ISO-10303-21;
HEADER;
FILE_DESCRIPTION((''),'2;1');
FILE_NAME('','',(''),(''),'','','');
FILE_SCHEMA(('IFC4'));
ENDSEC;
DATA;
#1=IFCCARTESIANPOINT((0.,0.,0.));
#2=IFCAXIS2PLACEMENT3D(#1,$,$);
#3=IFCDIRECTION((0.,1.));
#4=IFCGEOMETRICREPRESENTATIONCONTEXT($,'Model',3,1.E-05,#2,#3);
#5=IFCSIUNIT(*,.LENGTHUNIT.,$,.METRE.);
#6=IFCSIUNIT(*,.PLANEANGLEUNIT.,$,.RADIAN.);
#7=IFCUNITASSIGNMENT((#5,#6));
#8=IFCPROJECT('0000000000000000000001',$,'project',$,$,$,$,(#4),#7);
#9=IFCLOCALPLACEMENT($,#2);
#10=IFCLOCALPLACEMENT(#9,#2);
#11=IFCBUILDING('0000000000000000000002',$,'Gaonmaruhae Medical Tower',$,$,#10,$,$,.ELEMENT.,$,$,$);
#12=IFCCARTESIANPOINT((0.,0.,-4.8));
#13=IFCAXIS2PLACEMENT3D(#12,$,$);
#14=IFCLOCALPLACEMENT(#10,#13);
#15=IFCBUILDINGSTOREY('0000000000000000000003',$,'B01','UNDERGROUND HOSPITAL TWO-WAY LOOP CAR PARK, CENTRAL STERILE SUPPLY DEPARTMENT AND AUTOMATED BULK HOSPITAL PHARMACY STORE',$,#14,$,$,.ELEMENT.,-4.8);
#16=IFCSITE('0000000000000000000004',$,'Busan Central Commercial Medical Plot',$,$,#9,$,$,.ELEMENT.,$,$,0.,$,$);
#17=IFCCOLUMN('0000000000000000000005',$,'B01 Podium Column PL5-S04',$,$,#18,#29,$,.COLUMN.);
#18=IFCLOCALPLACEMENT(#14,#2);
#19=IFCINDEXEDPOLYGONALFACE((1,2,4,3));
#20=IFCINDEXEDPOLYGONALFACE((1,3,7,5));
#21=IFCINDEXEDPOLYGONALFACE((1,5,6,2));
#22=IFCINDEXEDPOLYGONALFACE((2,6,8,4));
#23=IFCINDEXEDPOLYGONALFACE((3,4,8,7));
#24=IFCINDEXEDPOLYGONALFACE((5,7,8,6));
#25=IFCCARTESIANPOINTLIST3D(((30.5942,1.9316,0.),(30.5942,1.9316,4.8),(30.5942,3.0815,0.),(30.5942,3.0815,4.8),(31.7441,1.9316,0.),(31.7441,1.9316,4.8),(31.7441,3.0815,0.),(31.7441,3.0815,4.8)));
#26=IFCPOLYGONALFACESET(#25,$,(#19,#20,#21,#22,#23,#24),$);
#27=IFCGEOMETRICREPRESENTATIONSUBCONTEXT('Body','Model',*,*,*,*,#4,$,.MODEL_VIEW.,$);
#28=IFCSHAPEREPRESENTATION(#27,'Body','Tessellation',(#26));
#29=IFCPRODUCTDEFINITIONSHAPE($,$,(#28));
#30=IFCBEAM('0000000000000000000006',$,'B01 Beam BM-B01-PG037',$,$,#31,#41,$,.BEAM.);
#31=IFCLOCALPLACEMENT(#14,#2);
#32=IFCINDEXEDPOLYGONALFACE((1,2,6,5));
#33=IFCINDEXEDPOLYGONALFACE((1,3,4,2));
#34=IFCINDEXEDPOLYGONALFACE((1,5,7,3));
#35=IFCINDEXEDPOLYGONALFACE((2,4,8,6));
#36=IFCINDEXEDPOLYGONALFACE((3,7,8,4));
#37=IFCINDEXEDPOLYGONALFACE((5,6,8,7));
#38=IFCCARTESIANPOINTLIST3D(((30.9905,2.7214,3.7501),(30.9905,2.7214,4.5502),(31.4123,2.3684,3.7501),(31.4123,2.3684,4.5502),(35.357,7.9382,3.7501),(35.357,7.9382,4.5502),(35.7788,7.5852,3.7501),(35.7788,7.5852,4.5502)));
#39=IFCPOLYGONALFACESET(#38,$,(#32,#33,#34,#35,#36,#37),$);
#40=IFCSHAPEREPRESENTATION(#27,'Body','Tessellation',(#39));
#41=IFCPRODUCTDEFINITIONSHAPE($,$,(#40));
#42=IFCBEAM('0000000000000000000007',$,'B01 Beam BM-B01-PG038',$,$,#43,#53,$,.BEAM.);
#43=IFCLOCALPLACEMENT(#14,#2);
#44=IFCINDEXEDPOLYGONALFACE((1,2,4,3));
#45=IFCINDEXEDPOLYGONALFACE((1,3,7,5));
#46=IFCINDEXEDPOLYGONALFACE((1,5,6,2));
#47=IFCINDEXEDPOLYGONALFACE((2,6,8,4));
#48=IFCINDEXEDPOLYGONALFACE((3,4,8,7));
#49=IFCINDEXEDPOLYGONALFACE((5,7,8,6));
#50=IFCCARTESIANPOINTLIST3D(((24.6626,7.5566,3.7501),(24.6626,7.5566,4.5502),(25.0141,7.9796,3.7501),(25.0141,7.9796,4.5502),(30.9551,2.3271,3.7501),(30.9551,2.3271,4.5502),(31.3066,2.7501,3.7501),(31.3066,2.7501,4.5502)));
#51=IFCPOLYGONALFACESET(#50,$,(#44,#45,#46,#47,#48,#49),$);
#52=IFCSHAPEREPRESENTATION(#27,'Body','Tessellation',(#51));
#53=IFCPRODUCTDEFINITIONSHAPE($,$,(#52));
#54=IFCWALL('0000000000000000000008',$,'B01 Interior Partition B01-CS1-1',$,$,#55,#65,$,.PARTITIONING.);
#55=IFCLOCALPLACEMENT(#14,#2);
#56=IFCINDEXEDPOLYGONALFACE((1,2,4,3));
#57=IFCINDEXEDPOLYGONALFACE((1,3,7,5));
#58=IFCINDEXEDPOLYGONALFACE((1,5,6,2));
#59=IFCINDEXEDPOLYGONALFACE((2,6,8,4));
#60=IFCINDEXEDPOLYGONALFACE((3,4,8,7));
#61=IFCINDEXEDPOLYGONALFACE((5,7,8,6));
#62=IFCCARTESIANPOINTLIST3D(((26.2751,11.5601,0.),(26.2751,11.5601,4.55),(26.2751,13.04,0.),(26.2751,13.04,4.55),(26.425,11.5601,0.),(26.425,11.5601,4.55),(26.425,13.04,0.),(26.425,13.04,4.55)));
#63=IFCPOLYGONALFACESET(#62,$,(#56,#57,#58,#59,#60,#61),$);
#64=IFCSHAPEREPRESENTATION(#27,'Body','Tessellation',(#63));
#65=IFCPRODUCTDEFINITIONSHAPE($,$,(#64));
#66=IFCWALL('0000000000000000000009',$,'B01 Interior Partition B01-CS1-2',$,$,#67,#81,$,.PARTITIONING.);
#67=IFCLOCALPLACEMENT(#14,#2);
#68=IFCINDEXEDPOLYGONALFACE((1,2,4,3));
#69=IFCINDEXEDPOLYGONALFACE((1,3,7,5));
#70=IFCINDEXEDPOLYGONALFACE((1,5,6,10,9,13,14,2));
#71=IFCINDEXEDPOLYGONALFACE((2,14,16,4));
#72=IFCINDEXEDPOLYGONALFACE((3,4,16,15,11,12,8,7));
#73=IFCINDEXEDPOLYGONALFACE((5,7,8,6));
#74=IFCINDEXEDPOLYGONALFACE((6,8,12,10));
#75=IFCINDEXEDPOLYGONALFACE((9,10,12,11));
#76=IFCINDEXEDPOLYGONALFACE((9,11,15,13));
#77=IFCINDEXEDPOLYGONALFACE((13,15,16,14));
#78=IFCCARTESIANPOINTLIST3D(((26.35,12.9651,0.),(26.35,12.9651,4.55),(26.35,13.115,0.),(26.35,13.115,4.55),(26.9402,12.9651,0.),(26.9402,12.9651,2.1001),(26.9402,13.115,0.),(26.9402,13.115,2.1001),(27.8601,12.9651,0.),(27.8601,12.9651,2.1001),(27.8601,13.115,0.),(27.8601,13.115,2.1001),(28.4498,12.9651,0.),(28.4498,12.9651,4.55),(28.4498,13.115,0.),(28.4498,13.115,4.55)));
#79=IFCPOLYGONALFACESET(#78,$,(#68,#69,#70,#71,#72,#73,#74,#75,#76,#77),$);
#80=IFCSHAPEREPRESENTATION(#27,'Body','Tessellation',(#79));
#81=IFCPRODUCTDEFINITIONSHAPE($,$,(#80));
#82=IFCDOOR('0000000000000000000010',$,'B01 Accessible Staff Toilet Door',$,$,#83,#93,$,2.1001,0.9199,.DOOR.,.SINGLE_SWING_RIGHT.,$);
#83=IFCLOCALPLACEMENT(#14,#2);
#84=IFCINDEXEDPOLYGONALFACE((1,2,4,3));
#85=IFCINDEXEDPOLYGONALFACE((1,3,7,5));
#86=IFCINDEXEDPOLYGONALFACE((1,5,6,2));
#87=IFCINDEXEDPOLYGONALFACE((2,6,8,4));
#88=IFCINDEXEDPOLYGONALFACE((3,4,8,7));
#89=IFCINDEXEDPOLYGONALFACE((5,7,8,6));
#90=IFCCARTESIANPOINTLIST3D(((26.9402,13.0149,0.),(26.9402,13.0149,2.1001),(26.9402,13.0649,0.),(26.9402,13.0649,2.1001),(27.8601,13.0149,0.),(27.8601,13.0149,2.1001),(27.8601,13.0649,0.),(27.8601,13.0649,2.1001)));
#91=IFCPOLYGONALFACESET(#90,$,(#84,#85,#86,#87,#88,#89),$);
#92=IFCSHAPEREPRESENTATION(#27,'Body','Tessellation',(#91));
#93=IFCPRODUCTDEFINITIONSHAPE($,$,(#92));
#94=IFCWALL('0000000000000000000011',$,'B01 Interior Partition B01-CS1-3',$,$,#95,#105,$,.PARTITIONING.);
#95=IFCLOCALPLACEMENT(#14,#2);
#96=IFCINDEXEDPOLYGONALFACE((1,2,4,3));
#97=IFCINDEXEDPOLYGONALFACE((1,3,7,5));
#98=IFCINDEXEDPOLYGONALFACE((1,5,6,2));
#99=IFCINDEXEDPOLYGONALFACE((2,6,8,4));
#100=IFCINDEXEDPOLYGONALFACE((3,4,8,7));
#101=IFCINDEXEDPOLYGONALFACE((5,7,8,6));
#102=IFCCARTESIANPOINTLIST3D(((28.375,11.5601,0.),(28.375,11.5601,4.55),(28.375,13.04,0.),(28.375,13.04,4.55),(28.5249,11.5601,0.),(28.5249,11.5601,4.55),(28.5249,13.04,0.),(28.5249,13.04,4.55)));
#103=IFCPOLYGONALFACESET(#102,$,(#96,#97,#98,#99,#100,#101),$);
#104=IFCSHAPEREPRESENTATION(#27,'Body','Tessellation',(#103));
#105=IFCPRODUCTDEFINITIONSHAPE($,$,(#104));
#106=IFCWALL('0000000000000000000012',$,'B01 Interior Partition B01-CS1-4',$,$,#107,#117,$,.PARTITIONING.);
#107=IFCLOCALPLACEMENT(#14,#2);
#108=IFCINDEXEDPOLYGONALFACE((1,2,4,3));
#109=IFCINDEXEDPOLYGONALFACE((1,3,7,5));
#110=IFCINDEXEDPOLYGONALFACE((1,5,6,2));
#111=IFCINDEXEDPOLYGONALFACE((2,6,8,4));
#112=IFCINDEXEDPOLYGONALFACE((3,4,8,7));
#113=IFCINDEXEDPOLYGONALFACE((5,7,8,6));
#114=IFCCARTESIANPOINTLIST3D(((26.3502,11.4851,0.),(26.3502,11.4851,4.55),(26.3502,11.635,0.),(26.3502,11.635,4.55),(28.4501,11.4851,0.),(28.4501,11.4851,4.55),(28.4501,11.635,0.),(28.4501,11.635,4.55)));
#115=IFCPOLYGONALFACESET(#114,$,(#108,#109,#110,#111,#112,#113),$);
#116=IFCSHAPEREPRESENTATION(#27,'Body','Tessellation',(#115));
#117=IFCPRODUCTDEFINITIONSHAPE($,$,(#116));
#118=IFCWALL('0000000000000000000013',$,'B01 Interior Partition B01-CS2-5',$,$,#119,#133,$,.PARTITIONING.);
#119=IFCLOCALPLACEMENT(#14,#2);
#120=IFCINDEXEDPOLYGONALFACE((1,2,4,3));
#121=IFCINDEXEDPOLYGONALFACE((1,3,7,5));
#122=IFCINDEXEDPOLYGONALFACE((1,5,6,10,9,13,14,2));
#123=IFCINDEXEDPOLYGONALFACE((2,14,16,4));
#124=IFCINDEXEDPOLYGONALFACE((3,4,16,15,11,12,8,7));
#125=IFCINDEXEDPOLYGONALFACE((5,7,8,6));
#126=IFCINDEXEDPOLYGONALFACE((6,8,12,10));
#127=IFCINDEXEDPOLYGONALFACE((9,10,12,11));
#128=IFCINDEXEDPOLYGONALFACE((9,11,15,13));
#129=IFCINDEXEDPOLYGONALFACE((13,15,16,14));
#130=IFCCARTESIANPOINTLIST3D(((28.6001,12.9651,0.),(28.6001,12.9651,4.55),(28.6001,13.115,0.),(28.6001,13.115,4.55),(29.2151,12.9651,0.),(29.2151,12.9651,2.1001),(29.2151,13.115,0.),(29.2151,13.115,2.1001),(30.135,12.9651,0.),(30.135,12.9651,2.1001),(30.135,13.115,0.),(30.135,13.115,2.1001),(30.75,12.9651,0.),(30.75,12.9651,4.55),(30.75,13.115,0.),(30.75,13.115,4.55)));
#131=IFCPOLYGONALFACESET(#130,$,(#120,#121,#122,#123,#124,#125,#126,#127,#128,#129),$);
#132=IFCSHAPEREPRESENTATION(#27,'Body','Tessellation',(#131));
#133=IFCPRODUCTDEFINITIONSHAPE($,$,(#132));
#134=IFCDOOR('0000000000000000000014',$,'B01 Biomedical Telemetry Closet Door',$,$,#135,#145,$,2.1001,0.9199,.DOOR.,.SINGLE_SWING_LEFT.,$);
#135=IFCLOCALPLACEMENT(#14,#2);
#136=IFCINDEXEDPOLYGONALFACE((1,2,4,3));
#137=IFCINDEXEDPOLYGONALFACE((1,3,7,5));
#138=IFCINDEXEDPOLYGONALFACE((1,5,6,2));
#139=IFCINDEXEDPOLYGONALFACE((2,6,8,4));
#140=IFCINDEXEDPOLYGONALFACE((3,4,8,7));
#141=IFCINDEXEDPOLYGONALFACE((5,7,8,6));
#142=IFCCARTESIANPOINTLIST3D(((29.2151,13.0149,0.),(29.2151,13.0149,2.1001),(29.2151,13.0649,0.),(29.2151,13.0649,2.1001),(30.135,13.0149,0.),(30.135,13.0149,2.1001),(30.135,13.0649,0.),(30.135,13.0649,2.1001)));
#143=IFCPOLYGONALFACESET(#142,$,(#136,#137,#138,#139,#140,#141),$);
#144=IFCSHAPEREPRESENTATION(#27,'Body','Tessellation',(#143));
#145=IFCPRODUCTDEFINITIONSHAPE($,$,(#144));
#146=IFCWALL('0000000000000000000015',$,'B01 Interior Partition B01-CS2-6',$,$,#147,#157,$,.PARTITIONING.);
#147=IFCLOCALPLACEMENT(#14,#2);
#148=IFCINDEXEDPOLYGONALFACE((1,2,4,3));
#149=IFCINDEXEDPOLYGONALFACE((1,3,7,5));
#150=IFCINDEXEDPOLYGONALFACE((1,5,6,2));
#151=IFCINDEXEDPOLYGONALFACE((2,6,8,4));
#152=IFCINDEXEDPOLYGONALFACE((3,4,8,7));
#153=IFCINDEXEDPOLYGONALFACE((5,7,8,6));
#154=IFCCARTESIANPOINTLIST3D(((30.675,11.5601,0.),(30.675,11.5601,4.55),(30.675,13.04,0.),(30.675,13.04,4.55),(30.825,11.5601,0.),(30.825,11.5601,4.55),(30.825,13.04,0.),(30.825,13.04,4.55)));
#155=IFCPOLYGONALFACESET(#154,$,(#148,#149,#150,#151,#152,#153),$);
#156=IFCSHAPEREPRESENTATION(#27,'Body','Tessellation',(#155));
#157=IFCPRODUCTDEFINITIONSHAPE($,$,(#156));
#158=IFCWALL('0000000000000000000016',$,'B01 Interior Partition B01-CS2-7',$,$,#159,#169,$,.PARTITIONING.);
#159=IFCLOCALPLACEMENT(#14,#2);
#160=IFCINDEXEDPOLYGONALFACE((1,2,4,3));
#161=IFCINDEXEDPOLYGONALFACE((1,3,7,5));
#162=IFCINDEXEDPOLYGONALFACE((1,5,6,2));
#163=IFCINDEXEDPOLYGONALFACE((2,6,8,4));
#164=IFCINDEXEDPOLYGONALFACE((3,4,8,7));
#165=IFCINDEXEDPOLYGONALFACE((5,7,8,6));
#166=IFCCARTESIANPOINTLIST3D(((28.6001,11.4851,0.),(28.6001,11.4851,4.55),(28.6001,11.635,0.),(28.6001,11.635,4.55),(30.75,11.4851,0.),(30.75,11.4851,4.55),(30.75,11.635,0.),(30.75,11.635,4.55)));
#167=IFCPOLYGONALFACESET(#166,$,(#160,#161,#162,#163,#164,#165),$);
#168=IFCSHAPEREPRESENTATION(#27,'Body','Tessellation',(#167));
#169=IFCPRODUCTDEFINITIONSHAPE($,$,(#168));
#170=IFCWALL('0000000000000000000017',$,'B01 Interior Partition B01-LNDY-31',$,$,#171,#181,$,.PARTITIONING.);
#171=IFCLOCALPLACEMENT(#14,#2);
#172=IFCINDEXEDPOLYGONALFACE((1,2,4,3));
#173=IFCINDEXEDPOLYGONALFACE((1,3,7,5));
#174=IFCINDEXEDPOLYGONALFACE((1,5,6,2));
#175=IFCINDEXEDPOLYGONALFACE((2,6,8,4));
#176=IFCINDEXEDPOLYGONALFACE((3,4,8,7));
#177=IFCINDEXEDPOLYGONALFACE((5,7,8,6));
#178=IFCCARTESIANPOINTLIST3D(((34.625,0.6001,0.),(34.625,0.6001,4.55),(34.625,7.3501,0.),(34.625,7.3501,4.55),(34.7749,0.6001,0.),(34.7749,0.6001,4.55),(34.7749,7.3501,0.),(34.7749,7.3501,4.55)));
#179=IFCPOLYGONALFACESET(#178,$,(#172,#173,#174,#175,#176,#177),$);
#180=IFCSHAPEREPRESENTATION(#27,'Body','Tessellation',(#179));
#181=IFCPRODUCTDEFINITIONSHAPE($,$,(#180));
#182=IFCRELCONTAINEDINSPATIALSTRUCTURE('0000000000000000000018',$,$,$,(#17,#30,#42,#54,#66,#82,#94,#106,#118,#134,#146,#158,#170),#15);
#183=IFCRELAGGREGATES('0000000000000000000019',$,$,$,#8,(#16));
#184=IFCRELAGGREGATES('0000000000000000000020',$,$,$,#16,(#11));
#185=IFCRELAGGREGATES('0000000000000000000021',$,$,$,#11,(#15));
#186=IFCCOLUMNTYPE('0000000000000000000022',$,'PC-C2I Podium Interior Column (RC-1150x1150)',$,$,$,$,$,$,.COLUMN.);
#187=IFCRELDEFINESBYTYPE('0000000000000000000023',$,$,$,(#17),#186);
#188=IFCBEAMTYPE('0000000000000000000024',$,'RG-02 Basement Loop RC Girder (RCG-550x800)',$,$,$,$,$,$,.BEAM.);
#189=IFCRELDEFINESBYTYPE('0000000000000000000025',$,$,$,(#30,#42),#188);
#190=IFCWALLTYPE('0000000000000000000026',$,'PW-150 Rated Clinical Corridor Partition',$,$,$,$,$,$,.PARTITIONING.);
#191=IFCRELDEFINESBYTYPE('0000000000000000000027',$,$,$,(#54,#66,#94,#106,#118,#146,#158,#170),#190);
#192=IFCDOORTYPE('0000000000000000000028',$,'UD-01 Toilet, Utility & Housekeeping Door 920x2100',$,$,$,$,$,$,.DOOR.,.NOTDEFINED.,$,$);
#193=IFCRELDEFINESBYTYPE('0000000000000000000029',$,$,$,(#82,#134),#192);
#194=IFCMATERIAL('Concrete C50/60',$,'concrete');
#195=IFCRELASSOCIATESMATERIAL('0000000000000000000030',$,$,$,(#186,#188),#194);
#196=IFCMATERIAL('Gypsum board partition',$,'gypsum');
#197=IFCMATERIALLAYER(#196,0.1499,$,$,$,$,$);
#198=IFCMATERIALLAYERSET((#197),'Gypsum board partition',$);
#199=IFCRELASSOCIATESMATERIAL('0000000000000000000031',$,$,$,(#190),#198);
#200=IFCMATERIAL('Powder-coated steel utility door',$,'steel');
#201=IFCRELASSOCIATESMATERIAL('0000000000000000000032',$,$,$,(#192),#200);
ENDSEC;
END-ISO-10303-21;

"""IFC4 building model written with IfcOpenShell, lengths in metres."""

from ifc_helpers import new_model, si_unit, direction, frame, frame_2d, origin, origin_2d, place, context, subcontext, project, spatial, rectangle, extrude, material, layer, layer_set, material_profile, profile_set, type_object, element, fill, save


model = new_model("IFC4")

# Units and contexts
model_context = context("Model", 3, precision=1e-05, world=origin(), true_north=direction((0.0, 1.0)))
body_context = subcontext(model_context, "Body", "Model", "MODEL_VIEW")
ifc_project = project(units=[si_unit("LENGTHUNIT", "METRE"), si_unit("PLANEANGLEUNIT", "RADIAN")], contexts=[model_context])

# Site, building, storey
site_placement = place(None, origin())
site = spatial("IfcSite", under=ifc_project, at=site_placement, Name="Busan Central Commercial Medical Plot", CompositionType="ELEMENT", RefElevation=0.0)
building_placement = place(site_placement, origin())
building = spatial("IfcBuilding", under=site, at=building_placement, Name="Gaonmaruhae Medical Tower", CompositionType="ELEMENT")
storey_placement = place(building_placement, frame((0.0, 0.0, -4.8)))
storey = spatial("IfcBuildingStorey", under=building, at=storey_placement, Name="B01", Description="UNDERGROUND HOSPITAL TWO-WAY LOOP CAR PARK, CENTRAL STERILE SUPPLY DEPARTMENT AND AUTOMATED BULK HOSPITAL PHARMACY STORE", CompositionType="ELEMENT", Elevation=-4.8)

# Column
ifc_material_1 = material(Name="Concrete C50/60", Category="concrete")
ifc_material_profile_1 = material_profile(ifc_material_1, rectangle(XDim=1.1499, YDim=1.1499, at=origin_2d()), Name="RC-1150x1150")
ifc_profile_set_1 = profile_set([ifc_material_profile_1], Name="Concrete C50/60")
column_type = type_object("IfcColumnType", Name="PC-C2I Podium Interior Column (RC-1150x1150)", PredefinedType="COLUMN", material=ifc_profile_set_1)
column_placement = place(storey_placement, frame((31.1692, 2.5066, 0.0), z_axis=(0.0, 0.0, 1.0), x_axis=(1.0, 0.0, 0.0)))
element("IfcColumn", 1, at=column_placement, inside=storey, type_object=column_type, Name="B01 Podium Column PL5-S04", PredefinedType="COLUMN", context=body_context, shape_type="SweptSolid", body=[
    extrude(rectangle(XDim=1.1499, YDim=1.1499, at=origin_2d()), origin(), (0.0, 0.0, 1.0), 4.8),
])

# Beams
ifc_material_profile_2 = material_profile(ifc_material_1, rectangle(XDim=0.55, YDim=0.8, at=origin_2d()), Name="RCG-550x800")
ifc_profile_set_2 = profile_set([ifc_material_profile_2], Name="Concrete C50/60")
beam_type = type_object("IfcBeamType", Name="RG-02 Basement Loop RC Girder (RCG-550x800)", PredefinedType="BEAM", material=ifc_profile_set_2)
beam_1_placement = place(storey_placement, frame((31.2014, 2.5449, 4.1501), z_axis=(0.641842, 0.766837, 0.0), x_axis=(-0.766837, 0.641842, 0.0)))
element("IfcBeam", 2, at=beam_1_placement, inside=storey, type_object=beam_type, Name="B01 Beam BM-B01-PG037", PredefinedType="BEAM", context=body_context, shape_type="SweptSolid", body=[
    extrude(rectangle(XDim=0.55, YDim=0.8, at=origin_2d()), origin(), (0.0, 0.0, 1.0), 6.803),
])
beam_2_placement = place(storey_placement, frame((31.1309, 2.5386, 4.1501), z_axis=(-0.769077, 0.639157, 0.0), x_axis=(-0.639157, -0.769077, 0.0)))
element("IfcBeam", 3, at=beam_2_placement, inside=storey, type_object=beam_type, Name="B01 Beam BM-B01-PG038", PredefinedType="BEAM", context=body_context, shape_type="SweptSolid", body=[
    extrude(rectangle(XDim=0.55, YDim=0.8, at=origin_2d()), origin(), (0.0, 0.0, 1.0), 8.1819),
])

# Wall
ifc_material_2 = material(Name="Gypsum board partition", Category="gypsum")
ifc_layer_1 = layer(ifc_material_2, 0.1499)
ifc_layer_set_1 = layer_set([ifc_layer_1], Name="Gypsum board partition")
wall_type_1 = type_object("IfcWallType", Name="PW-150 Rated Clinical Corridor Partition", PredefinedType="PARTITIONING", material=ifc_layer_set_1)
wall_1_placement = place(storey_placement, frame((26.3501, 11.5601, 0.0), z_axis=(0.0, 0.0, 1.0), x_axis=(0.0, 1.0, 0.0)))
element("IfcWall", 4, at=wall_1_placement, inside=storey, type_object=wall_type_1, Name="B01 Interior Partition B01-CS1-1", PredefinedType="PARTITIONING", context=body_context, shape_type="SweptSolid", body=[
    extrude(rectangle(XDim=1.48, YDim=0.1499, at=frame_2d((0.74, 0.0))), origin(), (0.0, 0.0, 1.0), 4.55),
])

# Wall, opening, door
wall_2_placement = place(storey_placement, frame((26.3501, 13.04, 0.0), z_axis=(0.0, 0.0, 1.0), x_axis=(1.0, 0.0, 0.0)))
wall_2 = element("IfcWall", 5, at=wall_2_placement, inside=storey, type_object=wall_type_1, Name="B01 Interior Partition B01-CS1-2", PredefinedType="PARTITIONING", context=body_context, shape_type="SweptSolid", body=[
    extrude(rectangle(XDim=2.0999, YDim=0.1499, at=frame_2d((1.0498, 0.0))), origin(), (0.0, 0.0, 1.0), 4.55),
])
opening_1_placement = place(wall_2_placement, frame((0.5901, 0.0, 0.0)))
opening_1 = element("IfcOpeningElement", 6, at=opening_1_placement, cuts=wall_2, PredefinedType="OPENING", context=body_context, shape_type="SweptSolid", body=[
    extrude(rectangle(XDim=0.9199, YDim=2.1001, at=frame_2d((0.46, 1.05))), frame((0.0, 0.085, 0.0), z_axis=(0.0, -1.0, 0.0), x_axis=(1.0, 0.0, 0.0)), (0.0, 0.0, 1.0), 0.1699),
])
ifc_material_3 = material(Name="Powder-coated steel utility door", Category="steel")
door_type_1 = type_object("IfcDoorType", Name="UD-01 Toilet, Utility & Housekeeping Door 920x2100", OperationType="NOTDEFINED", PredefinedType="DOOR", material=ifc_material_3)
door_1_placement = place(opening_1_placement, origin())
door_1 = element("IfcDoor", 7, at=door_1_placement, inside=storey, type_object=door_type_1, Name="B01 Accessible Staff Toilet Door", OperationType="SINGLE_SWING_RIGHT", OverallHeight=2.1001, OverallWidth=0.9199, PredefinedType="DOOR", context=body_context, shape_type="SweptSolid", body=[
    extrude(rectangle(XDim=0.9199, YDim=2.1001, at=frame_2d((0.46, 1.05))), frame((0.0, 0.0249, 0.0), z_axis=(0.0, -1.0, 0.0), x_axis=(1.0, 0.0, 0.0)), (0.0, 0.0, 1.0), 0.05),
])
fill(opening_1, door_1)

# Walls
wall_3_placement = place(storey_placement, frame((28.45, 13.04, 0.0), z_axis=(0.0, 0.0, 1.0), x_axis=(0.0, -1.0, 0.0)))
element("IfcWall", 8, at=wall_3_placement, inside=storey, type_object=wall_type_1, Name="B01 Interior Partition B01-CS1-3", PredefinedType="PARTITIONING", context=body_context, shape_type="SweptSolid", body=[
    extrude(rectangle(XDim=1.48, YDim=0.1499, at=frame_2d((0.74, 0.0))), origin(), (0.0, 0.0, 1.0), 4.55),
])
wall_4_placement = place(storey_placement, frame((28.45, 11.5601, 0.0), z_axis=(0.0, 0.0, 1.0), x_axis=(-1.0, 0.0, 0.0)))
element("IfcWall", 9, at=wall_4_placement, inside=storey, type_object=wall_type_1, Name="B01 Interior Partition B01-CS1-4", PredefinedType="PARTITIONING", context=body_context, shape_type="SweptSolid", body=[
    extrude(rectangle(XDim=2.0999, YDim=0.1499, at=frame_2d((1.0498, 0.0))), origin(), (0.0, 0.0, 1.0), 4.55),
])

# Wall, opening, door
wall_5_placement = place(storey_placement, frame((28.6001, 13.04, 0.0), z_axis=(0.0, 0.0, 1.0), x_axis=(1.0, 0.0, 0.0)))
wall_5 = element("IfcWall", 10, at=wall_5_placement, inside=storey, type_object=wall_type_1, Name="B01 Interior Partition B01-CS2-5", PredefinedType="PARTITIONING", context=body_context, shape_type="SweptSolid", body=[
    extrude(rectangle(XDim=2.1499, YDim=0.1499, at=frame_2d((1.075, 0.0))), origin(), (0.0, 0.0, 1.0), 4.55),
])
opening_2_placement = place(wall_5_placement, frame((0.615, 0.0, 0.0)))
opening_2 = element("IfcOpeningElement", 11, at=opening_2_placement, cuts=wall_5, PredefinedType="OPENING", context=body_context, shape_type="SweptSolid", body=[
    extrude(rectangle(XDim=0.9199, YDim=2.1001, at=frame_2d((0.46, 1.05))), frame((0.0, 0.085, 0.0), z_axis=(0.0, -1.0, 0.0), x_axis=(1.0, 0.0, 0.0)), (0.0, 0.0, 1.0), 0.1699),
])
door_2_placement = place(opening_2_placement, origin())
door_2 = element("IfcDoor", 12, at=door_2_placement, inside=storey, type_object=door_type_1, Name="B01 Biomedical Telemetry Closet Door", OperationType="SINGLE_SWING_LEFT", OverallHeight=2.1001, OverallWidth=0.9199, PredefinedType="DOOR", context=body_context, shape_type="SweptSolid", body=[
    extrude(rectangle(XDim=0.9199, YDim=2.1001, at=frame_2d((0.46, 1.05))), frame((0.0, 0.0249, 0.0), z_axis=(0.0, -1.0, 0.0), x_axis=(1.0, 0.0, 0.0)), (0.0, 0.0, 1.0), 0.05),
])
fill(opening_2, door_2)

# Walls
wall_6_placement = place(storey_placement, frame((30.75, 13.04, 0.0), z_axis=(0.0, 0.0, 1.0), x_axis=(0.0, -1.0, 0.0)))
element("IfcWall", 13, at=wall_6_placement, inside=storey, type_object=wall_type_1, Name="B01 Interior Partition B01-CS2-6", PredefinedType="PARTITIONING", context=body_context, shape_type="SweptSolid", body=[
    extrude(rectangle(XDim=1.48, YDim=0.1499, at=frame_2d((0.74, 0.0))), origin(), (0.0, 0.0, 1.0), 4.55),
])
wall_7_placement = place(storey_placement, frame((30.75, 11.5601, 0.0), z_axis=(0.0, 0.0, 1.0), x_axis=(-1.0, 0.0, 0.0)))
element("IfcWall", 14, at=wall_7_placement, inside=storey, type_object=wall_type_1, Name="B01 Interior Partition B01-CS2-7", PredefinedType="PARTITIONING", context=body_context, shape_type="SweptSolid", body=[
    extrude(rectangle(XDim=2.1499, YDim=0.1499, at=frame_2d((1.075, 0.0))), origin(), (0.0, 0.0, 1.0), 4.55),
])
wall_8_placement = place(storey_placement, frame((34.7, 7.3501, 0.0), z_axis=(0.0, 0.0, 1.0), x_axis=(0.0, -1.0, 0.0)))
element("IfcWall", 15, at=wall_8_placement, inside=storey, type_object=wall_type_1, Name="B01 Interior Partition B01-LNDY-31", PredefinedType="PARTITIONING", context=body_context, shape_type="SweptSolid", body=[
    extrude(rectangle(XDim=6.75, YDim=0.1499, at=frame_2d((3.375, 0.0))), origin(), (0.0, 0.0, 1.0), 4.55),
])

save(model, "model.ifc")
